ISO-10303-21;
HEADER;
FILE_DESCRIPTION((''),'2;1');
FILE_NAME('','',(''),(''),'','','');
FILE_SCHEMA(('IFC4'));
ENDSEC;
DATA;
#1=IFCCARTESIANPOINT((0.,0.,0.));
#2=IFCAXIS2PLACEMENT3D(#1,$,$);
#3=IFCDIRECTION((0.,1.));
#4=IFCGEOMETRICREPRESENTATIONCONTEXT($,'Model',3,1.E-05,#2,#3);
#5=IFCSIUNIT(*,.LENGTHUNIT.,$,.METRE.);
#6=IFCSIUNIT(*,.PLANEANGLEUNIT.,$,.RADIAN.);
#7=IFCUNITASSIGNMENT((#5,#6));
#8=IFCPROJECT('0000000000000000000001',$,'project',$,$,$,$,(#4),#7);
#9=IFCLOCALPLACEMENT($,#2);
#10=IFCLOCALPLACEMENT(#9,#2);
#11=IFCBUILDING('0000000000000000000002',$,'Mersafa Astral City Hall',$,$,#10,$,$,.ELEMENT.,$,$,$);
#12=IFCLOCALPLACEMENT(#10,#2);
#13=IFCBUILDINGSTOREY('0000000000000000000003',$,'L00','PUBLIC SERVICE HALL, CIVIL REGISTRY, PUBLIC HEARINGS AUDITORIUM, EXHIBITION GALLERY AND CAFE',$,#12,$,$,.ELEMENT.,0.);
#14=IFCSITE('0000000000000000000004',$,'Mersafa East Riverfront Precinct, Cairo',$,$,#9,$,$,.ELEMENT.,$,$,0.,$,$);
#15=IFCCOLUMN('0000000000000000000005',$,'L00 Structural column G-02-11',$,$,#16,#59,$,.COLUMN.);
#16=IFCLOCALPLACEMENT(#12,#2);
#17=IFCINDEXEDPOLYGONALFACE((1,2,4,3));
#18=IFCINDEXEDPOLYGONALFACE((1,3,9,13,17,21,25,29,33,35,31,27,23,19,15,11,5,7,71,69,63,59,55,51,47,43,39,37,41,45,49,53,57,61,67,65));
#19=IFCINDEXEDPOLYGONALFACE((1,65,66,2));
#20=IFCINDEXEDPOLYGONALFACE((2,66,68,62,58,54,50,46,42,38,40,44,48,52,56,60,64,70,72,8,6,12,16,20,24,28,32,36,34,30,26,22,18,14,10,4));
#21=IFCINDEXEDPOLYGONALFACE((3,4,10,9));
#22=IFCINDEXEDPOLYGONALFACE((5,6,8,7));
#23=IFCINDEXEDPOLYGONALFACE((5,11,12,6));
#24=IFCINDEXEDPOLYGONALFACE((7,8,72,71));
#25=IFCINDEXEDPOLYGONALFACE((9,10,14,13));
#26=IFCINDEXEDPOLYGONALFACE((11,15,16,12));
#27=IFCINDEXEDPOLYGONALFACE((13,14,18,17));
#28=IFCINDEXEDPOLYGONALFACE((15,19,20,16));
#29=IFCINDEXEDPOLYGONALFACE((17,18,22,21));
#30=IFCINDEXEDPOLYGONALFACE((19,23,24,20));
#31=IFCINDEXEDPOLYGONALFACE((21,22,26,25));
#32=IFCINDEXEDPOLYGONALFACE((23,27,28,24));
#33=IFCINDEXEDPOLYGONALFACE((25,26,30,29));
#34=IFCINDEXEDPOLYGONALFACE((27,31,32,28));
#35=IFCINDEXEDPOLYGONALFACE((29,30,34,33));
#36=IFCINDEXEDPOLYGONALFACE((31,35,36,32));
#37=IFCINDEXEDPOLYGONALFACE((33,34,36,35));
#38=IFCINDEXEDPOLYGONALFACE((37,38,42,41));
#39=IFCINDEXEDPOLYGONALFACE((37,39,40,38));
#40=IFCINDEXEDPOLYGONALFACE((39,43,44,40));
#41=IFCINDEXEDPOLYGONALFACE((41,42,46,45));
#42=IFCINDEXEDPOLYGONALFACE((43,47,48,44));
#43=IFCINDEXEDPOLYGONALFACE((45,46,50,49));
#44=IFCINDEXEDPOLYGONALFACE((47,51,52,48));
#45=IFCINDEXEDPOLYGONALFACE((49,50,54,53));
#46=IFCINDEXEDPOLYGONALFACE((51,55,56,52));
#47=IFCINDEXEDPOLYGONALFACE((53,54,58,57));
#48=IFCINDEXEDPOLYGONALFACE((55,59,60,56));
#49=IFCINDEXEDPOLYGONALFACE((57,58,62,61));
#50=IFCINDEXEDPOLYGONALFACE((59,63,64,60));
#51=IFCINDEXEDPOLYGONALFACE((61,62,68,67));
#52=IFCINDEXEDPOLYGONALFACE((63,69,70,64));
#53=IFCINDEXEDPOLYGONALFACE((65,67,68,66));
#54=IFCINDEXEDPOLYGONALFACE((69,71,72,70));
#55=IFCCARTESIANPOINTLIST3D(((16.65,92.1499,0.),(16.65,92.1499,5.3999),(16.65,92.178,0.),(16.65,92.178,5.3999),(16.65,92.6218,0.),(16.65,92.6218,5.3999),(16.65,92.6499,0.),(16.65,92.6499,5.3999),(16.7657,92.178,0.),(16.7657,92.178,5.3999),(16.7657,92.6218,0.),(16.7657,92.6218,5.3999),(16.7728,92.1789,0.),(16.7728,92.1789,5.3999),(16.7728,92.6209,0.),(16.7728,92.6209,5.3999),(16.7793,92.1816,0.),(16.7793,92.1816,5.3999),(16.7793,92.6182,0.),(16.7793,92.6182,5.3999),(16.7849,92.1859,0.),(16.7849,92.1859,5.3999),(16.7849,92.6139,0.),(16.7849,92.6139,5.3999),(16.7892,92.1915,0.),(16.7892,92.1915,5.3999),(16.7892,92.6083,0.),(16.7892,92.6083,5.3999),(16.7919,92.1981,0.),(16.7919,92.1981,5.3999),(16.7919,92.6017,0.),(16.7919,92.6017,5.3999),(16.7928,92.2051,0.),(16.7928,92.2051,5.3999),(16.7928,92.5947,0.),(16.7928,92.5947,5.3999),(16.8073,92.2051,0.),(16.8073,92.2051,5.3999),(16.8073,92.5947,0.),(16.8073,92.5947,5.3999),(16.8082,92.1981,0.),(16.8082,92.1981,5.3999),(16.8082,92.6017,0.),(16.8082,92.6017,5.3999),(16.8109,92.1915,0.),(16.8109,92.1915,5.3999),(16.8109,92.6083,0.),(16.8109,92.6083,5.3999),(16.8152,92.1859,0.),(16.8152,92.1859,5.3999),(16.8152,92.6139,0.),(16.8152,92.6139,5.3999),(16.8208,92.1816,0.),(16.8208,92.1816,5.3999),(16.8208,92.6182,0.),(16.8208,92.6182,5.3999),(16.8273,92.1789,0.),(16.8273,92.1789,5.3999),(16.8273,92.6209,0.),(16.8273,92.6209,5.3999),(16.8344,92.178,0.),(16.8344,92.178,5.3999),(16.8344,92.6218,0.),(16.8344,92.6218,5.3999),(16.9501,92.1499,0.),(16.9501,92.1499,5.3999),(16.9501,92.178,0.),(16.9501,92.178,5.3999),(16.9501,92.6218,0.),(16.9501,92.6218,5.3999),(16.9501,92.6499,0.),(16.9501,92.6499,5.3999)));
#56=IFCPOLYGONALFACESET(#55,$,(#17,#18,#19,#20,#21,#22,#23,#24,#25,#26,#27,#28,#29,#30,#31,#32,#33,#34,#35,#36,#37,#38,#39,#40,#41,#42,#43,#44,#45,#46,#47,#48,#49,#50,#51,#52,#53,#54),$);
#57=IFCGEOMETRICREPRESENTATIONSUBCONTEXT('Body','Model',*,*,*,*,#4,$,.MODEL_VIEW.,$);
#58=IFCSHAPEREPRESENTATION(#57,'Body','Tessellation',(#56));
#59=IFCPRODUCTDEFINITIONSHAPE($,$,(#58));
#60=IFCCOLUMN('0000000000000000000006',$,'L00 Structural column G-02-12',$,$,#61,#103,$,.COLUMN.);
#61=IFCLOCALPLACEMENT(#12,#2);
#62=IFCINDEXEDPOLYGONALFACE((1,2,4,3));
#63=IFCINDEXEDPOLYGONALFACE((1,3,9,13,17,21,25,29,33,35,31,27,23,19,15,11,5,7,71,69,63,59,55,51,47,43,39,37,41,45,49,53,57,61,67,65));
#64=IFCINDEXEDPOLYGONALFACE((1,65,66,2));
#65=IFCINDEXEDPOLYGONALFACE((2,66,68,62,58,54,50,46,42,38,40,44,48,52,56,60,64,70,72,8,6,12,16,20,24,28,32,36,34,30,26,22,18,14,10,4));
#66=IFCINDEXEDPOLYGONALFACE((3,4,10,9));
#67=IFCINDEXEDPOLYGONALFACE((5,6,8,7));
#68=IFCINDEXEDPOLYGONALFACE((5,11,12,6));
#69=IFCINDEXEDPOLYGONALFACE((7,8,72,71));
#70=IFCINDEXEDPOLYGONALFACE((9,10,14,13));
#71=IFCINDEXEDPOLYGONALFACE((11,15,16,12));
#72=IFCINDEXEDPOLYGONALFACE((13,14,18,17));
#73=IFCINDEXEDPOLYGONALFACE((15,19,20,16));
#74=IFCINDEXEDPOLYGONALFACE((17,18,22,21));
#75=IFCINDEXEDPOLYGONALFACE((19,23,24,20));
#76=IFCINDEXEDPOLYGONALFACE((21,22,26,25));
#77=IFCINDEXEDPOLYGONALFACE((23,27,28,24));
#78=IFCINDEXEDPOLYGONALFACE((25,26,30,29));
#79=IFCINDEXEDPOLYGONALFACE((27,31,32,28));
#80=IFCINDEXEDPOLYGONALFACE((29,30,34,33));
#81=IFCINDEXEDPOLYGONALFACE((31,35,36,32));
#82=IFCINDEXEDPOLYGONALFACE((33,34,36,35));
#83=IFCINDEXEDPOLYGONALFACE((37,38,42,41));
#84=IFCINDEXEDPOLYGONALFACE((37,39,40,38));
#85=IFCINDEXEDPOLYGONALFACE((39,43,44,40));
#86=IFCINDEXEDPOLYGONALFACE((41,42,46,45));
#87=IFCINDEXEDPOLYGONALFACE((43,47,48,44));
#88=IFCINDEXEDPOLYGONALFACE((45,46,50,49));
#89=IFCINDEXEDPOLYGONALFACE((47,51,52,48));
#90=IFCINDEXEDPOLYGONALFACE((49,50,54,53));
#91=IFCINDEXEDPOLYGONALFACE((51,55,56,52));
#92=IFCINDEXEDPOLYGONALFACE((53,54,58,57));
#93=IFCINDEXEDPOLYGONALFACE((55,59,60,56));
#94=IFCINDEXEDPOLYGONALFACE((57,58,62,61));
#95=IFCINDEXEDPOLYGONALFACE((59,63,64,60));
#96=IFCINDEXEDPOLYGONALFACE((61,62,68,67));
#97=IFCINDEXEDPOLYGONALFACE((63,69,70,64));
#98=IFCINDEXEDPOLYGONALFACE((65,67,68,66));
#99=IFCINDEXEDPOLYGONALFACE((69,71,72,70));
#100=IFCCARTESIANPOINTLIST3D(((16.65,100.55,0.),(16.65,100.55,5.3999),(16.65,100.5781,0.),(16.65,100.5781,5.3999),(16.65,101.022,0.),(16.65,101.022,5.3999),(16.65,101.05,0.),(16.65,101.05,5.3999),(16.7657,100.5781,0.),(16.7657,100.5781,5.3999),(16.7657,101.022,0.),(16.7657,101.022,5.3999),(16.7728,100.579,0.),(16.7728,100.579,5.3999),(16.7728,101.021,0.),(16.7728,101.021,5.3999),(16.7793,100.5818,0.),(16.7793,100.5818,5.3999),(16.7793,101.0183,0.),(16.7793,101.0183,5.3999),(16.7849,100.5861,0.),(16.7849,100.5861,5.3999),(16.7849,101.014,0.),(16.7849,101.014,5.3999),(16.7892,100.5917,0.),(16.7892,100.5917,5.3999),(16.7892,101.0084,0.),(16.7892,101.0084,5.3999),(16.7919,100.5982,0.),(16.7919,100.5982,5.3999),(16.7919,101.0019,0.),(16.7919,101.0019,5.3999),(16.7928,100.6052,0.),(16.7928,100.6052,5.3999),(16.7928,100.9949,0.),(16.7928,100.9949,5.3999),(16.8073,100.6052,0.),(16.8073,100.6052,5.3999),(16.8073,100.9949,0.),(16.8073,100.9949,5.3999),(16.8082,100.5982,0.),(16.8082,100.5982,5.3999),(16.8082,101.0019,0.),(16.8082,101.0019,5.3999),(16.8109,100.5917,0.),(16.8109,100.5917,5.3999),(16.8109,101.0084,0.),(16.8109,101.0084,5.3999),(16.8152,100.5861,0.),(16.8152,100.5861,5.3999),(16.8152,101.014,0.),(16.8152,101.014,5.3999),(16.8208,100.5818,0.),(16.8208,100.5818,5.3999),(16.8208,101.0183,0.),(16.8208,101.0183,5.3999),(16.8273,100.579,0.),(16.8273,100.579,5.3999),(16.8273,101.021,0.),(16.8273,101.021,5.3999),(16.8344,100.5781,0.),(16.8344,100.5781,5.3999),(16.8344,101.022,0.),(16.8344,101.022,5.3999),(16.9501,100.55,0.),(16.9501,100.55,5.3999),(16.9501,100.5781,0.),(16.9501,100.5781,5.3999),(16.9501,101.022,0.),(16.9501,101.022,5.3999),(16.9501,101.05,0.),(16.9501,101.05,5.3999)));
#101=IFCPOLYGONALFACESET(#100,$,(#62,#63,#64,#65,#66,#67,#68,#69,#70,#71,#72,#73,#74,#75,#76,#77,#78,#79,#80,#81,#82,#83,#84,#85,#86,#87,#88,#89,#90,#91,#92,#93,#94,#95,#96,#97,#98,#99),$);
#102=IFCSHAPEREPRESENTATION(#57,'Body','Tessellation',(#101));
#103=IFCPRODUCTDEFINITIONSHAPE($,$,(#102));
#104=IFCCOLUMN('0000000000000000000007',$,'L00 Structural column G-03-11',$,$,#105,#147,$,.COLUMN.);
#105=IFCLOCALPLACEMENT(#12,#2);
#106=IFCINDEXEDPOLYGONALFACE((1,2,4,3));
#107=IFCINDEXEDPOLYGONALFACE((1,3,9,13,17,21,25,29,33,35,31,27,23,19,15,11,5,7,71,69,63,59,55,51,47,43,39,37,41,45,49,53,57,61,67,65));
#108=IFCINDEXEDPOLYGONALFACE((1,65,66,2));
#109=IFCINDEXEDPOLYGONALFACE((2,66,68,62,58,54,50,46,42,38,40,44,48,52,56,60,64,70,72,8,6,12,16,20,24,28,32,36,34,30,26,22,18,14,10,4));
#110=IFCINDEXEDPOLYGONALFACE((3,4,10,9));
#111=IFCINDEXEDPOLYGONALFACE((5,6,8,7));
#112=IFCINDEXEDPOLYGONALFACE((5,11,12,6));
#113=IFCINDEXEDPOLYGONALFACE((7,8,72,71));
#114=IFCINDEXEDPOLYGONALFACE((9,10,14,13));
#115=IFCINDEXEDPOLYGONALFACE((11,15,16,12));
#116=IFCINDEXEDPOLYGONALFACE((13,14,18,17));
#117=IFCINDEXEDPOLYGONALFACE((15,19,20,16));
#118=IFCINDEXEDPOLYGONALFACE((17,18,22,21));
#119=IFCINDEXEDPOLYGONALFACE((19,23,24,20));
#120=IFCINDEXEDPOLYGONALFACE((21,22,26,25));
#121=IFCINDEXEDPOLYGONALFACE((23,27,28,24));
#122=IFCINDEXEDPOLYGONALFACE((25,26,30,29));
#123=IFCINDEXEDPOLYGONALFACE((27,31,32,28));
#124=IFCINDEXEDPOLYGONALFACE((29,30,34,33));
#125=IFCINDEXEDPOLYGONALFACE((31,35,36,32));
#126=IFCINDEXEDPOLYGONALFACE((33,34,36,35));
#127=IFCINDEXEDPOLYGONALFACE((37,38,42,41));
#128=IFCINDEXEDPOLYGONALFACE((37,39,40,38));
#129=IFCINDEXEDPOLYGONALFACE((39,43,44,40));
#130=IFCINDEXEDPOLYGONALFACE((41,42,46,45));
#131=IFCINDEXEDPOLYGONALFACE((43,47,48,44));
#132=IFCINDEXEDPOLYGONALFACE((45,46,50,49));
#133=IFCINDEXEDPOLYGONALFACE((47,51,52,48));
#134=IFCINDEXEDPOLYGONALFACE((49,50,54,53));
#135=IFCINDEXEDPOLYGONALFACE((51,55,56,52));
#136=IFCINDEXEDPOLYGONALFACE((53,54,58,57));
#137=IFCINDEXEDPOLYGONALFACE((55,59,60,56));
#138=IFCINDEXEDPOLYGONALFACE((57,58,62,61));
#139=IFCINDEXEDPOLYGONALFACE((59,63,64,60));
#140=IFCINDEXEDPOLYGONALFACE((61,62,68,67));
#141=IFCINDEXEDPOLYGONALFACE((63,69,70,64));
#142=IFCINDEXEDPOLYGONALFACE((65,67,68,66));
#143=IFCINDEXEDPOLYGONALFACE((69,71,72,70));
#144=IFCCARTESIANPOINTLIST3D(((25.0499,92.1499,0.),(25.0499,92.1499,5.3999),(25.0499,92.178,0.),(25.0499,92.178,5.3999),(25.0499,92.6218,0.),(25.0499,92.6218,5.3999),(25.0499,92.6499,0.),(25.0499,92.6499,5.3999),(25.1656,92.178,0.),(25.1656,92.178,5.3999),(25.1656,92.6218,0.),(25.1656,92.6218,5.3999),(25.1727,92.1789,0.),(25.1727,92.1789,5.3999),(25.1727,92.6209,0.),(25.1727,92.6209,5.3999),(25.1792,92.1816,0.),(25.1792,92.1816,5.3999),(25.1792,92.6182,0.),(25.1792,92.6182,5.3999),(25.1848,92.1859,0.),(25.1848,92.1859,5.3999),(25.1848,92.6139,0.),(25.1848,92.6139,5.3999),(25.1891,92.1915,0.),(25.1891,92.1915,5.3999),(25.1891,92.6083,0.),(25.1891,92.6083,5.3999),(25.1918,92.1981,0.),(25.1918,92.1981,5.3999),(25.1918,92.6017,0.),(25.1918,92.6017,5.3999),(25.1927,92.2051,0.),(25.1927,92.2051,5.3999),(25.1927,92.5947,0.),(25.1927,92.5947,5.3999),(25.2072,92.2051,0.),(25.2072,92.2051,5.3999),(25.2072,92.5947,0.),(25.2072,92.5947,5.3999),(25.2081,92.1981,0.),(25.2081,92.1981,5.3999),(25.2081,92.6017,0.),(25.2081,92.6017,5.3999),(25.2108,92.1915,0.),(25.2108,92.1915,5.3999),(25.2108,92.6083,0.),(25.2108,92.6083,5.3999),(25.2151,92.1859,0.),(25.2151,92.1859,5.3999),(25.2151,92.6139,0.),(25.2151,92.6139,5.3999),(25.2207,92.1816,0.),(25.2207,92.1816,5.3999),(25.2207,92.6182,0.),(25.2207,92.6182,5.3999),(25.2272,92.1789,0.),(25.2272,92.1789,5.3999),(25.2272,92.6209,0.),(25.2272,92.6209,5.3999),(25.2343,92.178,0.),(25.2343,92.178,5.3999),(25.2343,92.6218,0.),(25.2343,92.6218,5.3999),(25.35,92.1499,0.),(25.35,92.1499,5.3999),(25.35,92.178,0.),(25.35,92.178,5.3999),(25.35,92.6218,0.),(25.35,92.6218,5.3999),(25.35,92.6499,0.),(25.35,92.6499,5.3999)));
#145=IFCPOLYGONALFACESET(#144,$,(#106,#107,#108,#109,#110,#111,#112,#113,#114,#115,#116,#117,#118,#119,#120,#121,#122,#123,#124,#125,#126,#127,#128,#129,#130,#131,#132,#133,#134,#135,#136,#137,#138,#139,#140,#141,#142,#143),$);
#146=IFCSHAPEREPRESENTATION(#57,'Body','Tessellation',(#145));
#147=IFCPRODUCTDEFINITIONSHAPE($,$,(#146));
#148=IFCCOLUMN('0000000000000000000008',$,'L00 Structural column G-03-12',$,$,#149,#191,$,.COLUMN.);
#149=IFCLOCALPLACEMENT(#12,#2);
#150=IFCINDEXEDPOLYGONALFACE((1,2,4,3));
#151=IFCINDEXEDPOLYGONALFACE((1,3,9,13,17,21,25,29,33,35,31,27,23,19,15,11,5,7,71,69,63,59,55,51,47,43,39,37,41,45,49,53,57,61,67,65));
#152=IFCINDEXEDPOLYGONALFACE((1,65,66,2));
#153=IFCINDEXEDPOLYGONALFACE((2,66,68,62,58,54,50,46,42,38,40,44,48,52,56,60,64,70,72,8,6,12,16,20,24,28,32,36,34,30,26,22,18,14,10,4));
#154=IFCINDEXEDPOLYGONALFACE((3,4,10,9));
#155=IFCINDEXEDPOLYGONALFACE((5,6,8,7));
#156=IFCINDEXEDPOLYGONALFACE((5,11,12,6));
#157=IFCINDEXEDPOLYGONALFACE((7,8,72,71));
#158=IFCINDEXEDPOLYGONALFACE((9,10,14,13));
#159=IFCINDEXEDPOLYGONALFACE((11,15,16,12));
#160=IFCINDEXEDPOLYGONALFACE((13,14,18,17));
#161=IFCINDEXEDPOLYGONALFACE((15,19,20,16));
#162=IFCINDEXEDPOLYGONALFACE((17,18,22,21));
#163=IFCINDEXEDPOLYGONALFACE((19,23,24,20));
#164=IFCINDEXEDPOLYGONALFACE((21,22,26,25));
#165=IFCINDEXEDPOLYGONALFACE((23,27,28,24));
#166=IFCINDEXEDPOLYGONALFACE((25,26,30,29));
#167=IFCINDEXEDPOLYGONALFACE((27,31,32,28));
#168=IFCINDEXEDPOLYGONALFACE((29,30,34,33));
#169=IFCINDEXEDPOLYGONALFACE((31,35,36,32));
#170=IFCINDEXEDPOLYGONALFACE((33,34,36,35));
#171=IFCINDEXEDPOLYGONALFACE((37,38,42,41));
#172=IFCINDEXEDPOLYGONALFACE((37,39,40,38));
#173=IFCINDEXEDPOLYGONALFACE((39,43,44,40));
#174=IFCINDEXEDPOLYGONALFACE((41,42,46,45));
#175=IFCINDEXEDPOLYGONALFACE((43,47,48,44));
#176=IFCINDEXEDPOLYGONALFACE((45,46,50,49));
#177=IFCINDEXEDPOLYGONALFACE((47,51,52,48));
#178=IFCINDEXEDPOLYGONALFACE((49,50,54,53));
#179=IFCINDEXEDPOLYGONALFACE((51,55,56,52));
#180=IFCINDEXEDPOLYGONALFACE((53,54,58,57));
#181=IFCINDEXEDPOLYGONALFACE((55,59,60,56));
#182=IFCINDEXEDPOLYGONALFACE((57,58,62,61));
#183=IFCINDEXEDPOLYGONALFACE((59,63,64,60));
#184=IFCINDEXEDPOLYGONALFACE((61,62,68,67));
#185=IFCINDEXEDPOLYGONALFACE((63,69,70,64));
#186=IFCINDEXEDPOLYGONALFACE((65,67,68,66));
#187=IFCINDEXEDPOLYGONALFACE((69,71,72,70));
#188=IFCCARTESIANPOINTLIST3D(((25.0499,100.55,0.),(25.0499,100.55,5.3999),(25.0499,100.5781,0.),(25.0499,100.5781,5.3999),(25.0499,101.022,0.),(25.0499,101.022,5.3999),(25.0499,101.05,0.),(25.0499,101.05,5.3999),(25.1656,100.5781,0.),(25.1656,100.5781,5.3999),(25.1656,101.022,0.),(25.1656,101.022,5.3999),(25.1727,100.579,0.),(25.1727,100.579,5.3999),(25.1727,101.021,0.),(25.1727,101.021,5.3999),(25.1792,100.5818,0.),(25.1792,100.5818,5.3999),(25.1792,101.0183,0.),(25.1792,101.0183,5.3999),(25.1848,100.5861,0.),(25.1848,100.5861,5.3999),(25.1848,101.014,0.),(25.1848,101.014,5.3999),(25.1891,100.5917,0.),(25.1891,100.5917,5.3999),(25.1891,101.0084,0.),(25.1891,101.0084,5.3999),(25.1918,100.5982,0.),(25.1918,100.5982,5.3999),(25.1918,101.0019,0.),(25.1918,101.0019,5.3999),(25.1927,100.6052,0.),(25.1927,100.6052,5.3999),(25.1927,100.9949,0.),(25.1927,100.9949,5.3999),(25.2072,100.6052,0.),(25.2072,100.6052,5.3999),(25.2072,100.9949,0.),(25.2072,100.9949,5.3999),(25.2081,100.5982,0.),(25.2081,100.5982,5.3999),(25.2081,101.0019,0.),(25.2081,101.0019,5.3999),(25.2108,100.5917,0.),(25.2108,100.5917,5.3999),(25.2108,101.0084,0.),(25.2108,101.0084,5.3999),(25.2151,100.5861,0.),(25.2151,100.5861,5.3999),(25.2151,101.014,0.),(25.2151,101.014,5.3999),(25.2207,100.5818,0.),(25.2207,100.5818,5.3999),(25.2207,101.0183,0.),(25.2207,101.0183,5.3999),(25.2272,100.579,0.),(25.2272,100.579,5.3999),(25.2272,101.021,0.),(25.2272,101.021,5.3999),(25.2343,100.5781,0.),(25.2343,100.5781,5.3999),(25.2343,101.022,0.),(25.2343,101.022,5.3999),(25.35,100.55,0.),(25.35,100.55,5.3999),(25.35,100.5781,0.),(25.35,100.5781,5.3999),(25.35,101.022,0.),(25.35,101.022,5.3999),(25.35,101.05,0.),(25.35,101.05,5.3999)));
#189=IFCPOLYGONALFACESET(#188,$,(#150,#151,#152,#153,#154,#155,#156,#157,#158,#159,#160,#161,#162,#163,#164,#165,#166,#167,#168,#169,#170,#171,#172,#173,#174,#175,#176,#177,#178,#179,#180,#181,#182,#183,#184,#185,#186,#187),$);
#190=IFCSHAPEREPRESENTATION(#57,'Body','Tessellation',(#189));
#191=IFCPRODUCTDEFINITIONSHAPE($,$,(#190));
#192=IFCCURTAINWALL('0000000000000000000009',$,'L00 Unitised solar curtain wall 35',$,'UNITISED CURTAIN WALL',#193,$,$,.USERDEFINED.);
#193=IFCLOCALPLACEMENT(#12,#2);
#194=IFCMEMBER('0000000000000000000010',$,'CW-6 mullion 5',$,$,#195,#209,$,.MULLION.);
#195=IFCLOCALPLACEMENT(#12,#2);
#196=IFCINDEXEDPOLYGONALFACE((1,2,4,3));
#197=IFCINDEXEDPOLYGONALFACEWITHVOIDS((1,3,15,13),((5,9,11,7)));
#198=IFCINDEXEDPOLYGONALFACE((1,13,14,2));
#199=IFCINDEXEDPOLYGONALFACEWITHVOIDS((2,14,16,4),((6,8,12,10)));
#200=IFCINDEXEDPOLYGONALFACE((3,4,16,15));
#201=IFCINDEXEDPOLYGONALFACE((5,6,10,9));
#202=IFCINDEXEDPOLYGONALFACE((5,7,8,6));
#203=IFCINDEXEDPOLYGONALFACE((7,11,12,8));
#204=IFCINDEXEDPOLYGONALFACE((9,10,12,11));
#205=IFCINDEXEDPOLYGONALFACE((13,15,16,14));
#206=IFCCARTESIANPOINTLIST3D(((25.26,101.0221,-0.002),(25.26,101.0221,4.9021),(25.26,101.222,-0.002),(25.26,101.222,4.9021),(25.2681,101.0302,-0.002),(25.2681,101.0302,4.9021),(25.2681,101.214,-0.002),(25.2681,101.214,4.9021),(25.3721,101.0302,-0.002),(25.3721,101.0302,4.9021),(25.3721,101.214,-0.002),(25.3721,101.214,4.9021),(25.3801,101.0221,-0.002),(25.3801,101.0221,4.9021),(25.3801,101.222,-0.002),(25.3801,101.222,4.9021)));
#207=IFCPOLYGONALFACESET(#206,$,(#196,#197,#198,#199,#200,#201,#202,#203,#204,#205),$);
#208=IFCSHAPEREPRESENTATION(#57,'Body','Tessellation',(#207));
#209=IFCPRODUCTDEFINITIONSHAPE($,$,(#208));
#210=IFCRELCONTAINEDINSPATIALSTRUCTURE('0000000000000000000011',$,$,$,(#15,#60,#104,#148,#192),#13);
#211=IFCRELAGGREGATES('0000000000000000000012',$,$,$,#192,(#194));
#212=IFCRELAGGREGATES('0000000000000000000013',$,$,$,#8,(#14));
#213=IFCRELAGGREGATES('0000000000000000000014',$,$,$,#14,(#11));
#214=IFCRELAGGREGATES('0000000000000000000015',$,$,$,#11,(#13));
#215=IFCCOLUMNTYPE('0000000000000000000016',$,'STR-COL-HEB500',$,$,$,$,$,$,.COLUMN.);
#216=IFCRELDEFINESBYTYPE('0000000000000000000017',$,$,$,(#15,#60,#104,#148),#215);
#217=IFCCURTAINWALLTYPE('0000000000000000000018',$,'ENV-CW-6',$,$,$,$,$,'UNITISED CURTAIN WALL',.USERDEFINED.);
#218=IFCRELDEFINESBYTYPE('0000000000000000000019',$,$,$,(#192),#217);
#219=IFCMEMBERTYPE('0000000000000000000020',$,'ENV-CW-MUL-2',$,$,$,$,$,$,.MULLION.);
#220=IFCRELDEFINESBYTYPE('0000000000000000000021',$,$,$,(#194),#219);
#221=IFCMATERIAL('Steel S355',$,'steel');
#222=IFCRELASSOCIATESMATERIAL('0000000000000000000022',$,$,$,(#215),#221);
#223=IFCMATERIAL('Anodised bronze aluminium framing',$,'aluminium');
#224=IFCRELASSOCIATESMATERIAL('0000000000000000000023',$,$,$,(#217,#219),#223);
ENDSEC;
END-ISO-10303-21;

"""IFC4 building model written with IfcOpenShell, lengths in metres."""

from ifc_helpers import new_model, si_unit, direction, frame, origin, origin_2d, place, context, subcontext, project, spatial, hollow_rectangle, i_section, extrude, material, material_profile, profile_set, type_object, element, aggregate, save


model = new_model("IFC4")

# Units and contexts
model_context = context("Model", 3, precision=1e-05, world=origin(), true_north=direction((0.0, 1.0)))
body_context = subcontext(model_context, "Body", "Model", "MODEL_VIEW")
ifc_project = project(units=[si_unit("LENGTHUNIT", "METRE"), si_unit("PLANEANGLEUNIT", "RADIAN")], contexts=[model_context])

# Site, building, storey
site_placement = place(None, origin())
site = spatial("IfcSite", under=ifc_project, at=site_placement, Name="Mersafa East Riverfront Precinct, Cairo", CompositionType="ELEMENT", RefElevation=0.0)
building_placement = place(site_placement, origin())
building = spatial("IfcBuilding", under=site, at=building_placement, Name="Mersafa Astral City Hall", CompositionType="ELEMENT")
storey_placement = place(building_placement, origin())
storey = spatial("IfcBuildingStorey", under=building, at=storey_placement, Name="L00", Description="PUBLIC SERVICE HALL, CIVIL REGISTRY, PUBLIC HEARINGS AUDITORIUM, EXHIBITION GALLERY AND CAFE", CompositionType="ELEMENT", Elevation=0.0)

# Columns
ifc_material_1 = material(Name="Steel S355", Category="steel")
ifc_material_profile_1 = material_profile(ifc_material_1, i_section(OverallWidth=0.3, OverallDepth=0.5, WebThickness=0.0144, FlangeThickness=0.0281, FilletRadius=0.0271, at=origin_2d()), Name="HEB 500")
ifc_profile_set_1 = profile_set([ifc_material_profile_1], Name="Steel S355")
column_type = type_object("IfcColumnType", Name="STR-COL-HEB500", PredefinedType="COLUMN", material=ifc_profile_set_1)
for number, where, z_axis, x_axis, name in (
    (1, (16.8, 92.3999, 0.0), (0.0, 0.0, 1.0), (1.0, 0.0, 0.0), "L00 Structural column G-02-11"),
    (2, (16.8, 100.8, 0.0), (0.0, 0.0, 1.0), (1.0, 0.0, 0.0), "L00 Structural column G-02-12"),
    (3, (25.2, 92.3999, 0.0), (0.0, 0.0, 1.0), (1.0, 0.0, 0.0), "L00 Structural column G-03-11"),
    (4, (25.2, 100.8, 0.0), (0.0, 0.0, 1.0), (1.0, 0.0, 0.0), "L00 Structural column G-03-12"),
):
    element("IfcColumn", number, at=place(storey_placement, frame(where, z_axis=z_axis, x_axis=x_axis)), inside=storey, type_object=column_type, Name=name, PredefinedType="COLUMN", context=body_context, shape_type="SweptSolid", body=[
        extrude(i_section(OverallWidth=0.3, OverallDepth=0.5, WebThickness=0.0144, FlangeThickness=0.0281, FilletRadius=0.0271, at=origin_2d()), origin(), (0.0, 0.0, 1.0), 5.3999),
    ])

# Curtain wall, member
ifc_material_2 = material(Name="Anodised bronze aluminium framing", Category="aluminium")
curtain_wall_type = type_object("IfcCurtainWallType", Name="ENV-CW-6", ElementType="UNITISED CURTAIN WALL", PredefinedType="USERDEFINED", material=ifc_material_2)
curtain_wall_placement = place(storey_placement, origin())
curtain_wall = element("IfcCurtainWall", 5, at=curtain_wall_placement, inside=storey, type_object=curtain_wall_type, Name="L00 Unitised solar curtain wall 35", ObjectType="UNITISED CURTAIN WALL", PredefinedType="USERDEFINED")
ifc_material_profile_2 = material_profile(ifc_material_2, hollow_rectangle(XDim=0.1201, YDim=0.2, WallThickness=0.0081, at=origin_2d()), Name="RHS 120x200x8")
ifc_profile_set_2 = profile_set([ifc_material_profile_2], Name="Anodised bronze aluminium framing")
member_type_1 = type_object("IfcMemberType", Name="ENV-CW-MUL-2", PredefinedType="MULLION", material=ifc_profile_set_2)
member_1_placement = place(storey_placement, frame((25.3201, 101.1221, -0.002), z_axis=(0.0, 0.0, 1.0), x_axis=(1.0, 0.0, 0.0)))
member_1 = element("IfcMember", 6, at=member_1_placement, type_object=member_type_1, Name="CW-6 mullion 5", PredefinedType="MULLION", context=body_context, shape_type="SweptSolid", body=[
    extrude(hollow_rectangle(XDim=0.1201, YDim=0.2, WallThickness=0.0081, at=origin_2d()), origin(), (0.0, 0.0, 1.0), 4.9041),
])

aggregate(curtain_wall, [member_1])

save(model, "model.ifc")
